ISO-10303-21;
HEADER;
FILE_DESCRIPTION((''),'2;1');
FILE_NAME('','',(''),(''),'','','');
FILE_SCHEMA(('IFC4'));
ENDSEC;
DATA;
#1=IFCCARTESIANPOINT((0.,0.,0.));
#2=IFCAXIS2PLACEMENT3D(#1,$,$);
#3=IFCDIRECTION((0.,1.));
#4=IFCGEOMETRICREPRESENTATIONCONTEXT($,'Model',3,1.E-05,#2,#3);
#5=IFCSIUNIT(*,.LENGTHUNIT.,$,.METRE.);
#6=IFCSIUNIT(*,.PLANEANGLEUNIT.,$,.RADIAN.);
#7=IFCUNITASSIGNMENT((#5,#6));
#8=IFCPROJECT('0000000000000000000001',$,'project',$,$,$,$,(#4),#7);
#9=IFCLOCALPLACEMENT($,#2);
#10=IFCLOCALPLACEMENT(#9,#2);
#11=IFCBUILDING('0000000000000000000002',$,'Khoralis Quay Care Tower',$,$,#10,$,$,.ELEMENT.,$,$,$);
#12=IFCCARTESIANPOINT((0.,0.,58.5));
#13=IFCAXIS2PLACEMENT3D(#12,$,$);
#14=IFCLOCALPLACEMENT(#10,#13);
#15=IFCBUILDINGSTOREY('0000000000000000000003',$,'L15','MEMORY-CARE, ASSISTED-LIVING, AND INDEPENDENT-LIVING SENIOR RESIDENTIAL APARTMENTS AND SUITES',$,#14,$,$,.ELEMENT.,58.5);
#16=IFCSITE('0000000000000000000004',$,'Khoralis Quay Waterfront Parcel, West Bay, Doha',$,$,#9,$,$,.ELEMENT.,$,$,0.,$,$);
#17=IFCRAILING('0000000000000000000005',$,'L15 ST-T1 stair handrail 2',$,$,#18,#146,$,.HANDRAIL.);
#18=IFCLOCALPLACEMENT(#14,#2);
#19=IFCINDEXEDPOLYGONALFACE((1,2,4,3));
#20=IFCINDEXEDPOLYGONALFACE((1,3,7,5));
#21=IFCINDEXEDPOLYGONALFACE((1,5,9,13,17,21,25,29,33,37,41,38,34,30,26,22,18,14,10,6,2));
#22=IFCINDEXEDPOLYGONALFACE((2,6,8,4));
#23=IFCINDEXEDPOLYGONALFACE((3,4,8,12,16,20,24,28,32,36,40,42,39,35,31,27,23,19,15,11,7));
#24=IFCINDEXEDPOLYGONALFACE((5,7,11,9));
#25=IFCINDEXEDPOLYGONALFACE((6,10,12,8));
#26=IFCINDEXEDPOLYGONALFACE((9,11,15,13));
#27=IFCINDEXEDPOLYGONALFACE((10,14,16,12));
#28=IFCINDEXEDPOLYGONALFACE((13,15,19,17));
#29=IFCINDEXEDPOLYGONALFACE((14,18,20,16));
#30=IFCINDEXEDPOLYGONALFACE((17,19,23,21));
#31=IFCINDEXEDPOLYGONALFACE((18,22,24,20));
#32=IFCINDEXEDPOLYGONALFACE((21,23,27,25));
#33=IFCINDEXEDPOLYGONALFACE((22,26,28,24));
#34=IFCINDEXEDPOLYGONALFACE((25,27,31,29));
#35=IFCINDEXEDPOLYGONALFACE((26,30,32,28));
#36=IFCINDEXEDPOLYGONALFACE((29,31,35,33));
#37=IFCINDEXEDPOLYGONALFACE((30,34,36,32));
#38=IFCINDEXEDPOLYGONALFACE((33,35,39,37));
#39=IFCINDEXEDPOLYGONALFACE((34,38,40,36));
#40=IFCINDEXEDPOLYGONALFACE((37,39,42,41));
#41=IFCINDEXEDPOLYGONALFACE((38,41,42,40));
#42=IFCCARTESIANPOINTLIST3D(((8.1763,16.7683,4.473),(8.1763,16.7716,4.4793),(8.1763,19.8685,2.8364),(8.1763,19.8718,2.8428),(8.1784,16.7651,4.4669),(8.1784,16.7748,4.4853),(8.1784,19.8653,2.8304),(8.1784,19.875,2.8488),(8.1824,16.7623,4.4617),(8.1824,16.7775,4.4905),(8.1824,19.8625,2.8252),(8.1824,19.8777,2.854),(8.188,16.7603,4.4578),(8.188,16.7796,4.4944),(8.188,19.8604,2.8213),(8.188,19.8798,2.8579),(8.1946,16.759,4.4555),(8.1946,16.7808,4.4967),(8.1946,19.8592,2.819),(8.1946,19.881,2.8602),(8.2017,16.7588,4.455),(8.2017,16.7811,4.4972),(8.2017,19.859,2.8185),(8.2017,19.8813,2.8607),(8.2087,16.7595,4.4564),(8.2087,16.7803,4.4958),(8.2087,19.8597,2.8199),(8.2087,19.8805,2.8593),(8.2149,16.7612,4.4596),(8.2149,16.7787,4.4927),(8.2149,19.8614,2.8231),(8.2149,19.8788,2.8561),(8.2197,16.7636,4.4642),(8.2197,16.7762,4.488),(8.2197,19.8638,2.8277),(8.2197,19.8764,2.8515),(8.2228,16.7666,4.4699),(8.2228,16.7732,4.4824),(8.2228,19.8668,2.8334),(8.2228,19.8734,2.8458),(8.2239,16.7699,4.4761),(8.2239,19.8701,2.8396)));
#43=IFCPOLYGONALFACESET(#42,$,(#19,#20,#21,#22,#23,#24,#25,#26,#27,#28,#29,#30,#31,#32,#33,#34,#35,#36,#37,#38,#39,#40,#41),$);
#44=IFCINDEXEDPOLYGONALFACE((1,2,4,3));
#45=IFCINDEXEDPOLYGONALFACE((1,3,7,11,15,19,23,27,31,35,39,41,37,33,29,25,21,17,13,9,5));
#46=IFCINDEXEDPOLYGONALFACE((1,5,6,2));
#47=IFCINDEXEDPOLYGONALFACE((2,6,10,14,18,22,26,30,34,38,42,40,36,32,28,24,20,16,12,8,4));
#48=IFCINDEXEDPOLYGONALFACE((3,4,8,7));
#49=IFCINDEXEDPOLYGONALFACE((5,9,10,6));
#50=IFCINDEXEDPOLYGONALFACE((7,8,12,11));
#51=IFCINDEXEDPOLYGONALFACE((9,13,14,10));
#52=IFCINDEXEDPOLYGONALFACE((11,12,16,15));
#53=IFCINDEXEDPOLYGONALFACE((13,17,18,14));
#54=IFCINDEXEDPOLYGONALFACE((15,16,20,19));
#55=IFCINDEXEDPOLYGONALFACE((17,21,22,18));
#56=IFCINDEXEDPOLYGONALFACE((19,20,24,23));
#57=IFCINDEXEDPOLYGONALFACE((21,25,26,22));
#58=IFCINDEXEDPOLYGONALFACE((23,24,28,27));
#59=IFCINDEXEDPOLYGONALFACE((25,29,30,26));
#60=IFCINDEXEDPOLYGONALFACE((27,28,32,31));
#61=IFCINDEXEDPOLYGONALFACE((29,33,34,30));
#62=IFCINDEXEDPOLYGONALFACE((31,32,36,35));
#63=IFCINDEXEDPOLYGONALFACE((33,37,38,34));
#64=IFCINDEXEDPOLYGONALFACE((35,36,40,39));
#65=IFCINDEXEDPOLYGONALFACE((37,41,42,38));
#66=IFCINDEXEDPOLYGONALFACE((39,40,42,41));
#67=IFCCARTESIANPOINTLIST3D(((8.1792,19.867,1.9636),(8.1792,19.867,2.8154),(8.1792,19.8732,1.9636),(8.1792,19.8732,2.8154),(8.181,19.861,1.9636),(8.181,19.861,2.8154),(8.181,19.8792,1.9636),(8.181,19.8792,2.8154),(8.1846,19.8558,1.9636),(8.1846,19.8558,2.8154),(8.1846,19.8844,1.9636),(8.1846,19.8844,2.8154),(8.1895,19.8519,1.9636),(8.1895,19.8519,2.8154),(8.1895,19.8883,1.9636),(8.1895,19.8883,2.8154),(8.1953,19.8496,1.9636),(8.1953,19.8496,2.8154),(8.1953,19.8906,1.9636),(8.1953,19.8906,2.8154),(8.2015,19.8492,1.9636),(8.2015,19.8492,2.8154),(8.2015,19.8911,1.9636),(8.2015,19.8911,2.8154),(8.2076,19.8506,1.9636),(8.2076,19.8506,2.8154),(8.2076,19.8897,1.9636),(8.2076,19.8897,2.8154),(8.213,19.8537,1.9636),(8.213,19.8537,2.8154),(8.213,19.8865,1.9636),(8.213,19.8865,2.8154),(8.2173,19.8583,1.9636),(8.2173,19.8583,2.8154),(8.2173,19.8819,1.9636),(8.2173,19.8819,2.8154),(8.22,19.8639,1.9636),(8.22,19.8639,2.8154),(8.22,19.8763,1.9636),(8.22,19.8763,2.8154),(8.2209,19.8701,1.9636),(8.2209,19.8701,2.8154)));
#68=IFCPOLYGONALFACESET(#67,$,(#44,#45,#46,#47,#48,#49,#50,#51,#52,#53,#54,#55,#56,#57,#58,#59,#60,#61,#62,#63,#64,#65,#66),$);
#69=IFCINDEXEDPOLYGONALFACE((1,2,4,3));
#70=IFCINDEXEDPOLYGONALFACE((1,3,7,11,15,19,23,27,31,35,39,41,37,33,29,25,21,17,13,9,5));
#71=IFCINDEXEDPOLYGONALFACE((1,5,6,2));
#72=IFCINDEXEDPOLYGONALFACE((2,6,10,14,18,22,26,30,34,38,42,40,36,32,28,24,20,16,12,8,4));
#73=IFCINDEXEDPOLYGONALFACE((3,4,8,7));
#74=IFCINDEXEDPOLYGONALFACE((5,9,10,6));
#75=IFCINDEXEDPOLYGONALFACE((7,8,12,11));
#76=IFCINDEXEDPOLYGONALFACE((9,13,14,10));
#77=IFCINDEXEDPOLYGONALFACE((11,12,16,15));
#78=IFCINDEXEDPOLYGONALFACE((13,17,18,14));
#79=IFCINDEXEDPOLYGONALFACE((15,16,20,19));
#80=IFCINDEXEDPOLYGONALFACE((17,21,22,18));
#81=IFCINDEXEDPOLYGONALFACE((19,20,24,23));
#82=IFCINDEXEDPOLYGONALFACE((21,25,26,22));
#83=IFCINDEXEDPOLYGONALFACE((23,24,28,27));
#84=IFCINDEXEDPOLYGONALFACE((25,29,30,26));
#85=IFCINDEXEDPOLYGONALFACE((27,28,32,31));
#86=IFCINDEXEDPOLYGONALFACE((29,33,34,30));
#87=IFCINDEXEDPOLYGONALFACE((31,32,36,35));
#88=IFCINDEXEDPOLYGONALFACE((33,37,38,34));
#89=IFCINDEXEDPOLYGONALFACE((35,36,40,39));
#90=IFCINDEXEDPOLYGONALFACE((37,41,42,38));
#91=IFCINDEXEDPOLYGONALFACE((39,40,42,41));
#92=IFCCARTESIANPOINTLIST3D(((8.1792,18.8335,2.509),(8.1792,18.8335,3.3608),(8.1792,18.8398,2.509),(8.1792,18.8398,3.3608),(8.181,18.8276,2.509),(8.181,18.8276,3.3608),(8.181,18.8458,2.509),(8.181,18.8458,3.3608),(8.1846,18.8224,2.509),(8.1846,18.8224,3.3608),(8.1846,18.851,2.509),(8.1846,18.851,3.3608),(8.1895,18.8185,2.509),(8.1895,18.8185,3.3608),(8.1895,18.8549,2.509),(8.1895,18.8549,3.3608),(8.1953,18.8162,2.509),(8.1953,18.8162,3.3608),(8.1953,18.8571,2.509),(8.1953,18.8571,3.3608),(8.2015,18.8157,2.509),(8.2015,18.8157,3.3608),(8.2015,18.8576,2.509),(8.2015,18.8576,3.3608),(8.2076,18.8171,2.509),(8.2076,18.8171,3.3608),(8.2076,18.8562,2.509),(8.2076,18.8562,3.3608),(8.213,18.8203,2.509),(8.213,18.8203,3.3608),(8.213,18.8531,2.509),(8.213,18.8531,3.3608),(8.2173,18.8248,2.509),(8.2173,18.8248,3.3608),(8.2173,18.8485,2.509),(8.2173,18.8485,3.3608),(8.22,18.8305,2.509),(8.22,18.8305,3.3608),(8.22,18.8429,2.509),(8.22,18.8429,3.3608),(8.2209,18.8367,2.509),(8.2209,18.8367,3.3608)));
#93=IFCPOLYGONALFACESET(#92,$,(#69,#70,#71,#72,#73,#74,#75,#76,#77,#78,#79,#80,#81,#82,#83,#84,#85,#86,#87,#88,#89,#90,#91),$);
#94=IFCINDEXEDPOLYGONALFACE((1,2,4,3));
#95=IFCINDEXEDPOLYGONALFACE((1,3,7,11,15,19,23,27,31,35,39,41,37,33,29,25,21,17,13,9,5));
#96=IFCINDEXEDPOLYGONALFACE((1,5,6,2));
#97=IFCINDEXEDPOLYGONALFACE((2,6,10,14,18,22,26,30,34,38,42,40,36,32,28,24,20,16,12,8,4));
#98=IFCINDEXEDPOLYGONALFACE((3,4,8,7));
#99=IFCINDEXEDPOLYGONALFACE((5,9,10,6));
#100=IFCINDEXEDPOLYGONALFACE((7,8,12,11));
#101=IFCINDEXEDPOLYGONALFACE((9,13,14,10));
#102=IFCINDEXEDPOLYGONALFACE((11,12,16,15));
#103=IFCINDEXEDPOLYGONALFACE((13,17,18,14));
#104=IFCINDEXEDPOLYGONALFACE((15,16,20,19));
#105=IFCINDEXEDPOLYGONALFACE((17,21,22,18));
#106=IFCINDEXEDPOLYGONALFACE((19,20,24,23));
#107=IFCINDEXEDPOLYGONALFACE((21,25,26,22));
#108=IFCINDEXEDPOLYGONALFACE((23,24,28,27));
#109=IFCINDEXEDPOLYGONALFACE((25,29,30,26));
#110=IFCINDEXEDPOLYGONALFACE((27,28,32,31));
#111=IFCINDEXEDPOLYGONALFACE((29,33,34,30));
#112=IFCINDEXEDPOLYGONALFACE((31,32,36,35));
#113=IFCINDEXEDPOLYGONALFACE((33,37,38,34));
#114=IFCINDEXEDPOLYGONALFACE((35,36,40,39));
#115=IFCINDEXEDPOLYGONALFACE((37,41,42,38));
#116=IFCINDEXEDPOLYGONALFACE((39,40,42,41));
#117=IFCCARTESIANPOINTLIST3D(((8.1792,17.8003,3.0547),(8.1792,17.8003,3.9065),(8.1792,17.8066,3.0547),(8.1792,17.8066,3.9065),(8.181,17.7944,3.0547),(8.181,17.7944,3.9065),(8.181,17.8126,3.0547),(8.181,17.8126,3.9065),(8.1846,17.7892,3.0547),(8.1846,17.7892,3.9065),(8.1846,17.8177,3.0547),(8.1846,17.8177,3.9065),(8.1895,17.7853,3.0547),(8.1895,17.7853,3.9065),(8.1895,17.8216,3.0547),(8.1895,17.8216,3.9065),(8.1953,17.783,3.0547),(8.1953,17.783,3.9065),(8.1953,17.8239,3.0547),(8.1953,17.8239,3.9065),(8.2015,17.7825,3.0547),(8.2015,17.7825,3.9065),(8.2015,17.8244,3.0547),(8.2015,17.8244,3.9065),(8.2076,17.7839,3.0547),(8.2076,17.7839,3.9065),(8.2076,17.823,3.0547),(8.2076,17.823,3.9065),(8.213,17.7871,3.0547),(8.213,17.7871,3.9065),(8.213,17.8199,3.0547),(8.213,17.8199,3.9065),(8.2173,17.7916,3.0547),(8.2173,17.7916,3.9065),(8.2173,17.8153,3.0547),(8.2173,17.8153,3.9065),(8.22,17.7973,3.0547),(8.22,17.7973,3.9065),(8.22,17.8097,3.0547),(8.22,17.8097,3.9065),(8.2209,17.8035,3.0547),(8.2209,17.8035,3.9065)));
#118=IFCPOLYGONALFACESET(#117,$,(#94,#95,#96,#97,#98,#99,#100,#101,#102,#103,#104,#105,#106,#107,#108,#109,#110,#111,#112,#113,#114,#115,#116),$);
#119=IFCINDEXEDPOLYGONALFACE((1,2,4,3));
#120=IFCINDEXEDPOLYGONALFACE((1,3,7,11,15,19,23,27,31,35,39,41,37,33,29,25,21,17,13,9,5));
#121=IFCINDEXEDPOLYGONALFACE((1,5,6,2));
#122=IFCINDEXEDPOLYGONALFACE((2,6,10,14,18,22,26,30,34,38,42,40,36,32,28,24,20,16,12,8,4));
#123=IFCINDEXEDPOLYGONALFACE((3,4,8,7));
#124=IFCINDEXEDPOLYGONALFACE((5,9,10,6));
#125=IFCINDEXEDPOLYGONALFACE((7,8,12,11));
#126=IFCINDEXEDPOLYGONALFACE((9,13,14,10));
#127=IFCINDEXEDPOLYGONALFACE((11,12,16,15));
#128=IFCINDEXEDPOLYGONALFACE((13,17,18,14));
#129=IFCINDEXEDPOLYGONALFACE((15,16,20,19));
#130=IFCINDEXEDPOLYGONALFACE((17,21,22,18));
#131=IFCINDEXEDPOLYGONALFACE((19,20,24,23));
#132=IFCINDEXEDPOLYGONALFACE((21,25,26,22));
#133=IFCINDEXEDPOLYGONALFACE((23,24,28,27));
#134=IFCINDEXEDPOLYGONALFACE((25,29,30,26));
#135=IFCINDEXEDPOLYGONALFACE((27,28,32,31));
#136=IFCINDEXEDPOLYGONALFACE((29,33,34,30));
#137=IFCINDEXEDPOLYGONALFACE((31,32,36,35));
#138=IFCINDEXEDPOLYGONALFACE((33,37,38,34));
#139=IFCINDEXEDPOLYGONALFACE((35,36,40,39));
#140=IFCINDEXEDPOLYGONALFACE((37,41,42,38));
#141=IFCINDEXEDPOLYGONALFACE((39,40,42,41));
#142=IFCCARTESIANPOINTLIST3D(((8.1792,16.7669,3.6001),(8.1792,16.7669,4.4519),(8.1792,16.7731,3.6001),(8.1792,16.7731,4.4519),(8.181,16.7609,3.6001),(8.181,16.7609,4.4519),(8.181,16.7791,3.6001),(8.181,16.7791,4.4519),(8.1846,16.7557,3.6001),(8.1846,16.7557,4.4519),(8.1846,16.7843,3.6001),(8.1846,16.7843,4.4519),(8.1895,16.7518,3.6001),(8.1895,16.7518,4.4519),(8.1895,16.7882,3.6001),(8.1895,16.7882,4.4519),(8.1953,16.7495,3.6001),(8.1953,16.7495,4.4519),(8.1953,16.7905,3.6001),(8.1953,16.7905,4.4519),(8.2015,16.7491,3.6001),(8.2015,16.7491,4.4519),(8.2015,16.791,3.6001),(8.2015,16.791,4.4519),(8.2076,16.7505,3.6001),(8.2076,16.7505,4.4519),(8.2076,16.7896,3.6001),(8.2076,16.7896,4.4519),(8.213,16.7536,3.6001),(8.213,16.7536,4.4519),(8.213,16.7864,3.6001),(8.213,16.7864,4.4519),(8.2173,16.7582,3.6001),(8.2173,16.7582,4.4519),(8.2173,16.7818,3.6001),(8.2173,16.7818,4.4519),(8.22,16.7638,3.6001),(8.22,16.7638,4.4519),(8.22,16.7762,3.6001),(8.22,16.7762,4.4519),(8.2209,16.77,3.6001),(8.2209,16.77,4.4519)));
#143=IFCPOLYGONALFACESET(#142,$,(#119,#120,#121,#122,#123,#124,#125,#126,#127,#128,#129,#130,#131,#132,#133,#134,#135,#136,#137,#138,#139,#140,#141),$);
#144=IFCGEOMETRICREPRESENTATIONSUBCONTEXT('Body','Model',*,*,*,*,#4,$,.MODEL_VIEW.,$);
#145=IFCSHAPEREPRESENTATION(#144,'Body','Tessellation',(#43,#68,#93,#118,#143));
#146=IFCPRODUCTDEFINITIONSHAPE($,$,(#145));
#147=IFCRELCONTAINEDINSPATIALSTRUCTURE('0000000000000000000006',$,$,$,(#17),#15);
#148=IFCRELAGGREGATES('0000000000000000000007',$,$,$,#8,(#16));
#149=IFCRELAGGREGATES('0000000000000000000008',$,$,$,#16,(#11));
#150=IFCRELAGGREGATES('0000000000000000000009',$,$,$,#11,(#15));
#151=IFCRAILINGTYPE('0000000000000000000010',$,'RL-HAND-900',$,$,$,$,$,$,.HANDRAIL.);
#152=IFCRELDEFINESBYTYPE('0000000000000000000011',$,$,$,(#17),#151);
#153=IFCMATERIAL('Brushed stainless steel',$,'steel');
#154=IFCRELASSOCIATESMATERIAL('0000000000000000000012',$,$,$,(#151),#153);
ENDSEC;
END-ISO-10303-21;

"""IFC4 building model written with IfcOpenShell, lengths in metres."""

from ifc_helpers import new_model, si_unit, direction, frame, origin, origin_2d, place, context, subcontext, project, spatial, circle, extrude, material, type_object, element, save


model = new_model("IFC4")

# Units and contexts
model_context = context("Model", 3, precision=1e-05, world=origin(), true_north=direction((0.0, 1.0)))
body_context = subcontext(model_context, "Body", "Model", "MODEL_VIEW")
ifc_project = project(units=[si_unit("LENGTHUNIT", "METRE"), si_unit("PLANEANGLEUNIT", "RADIAN")], contexts=[model_context])

# Site, building, storey
site_placement = place(None, origin())
site = spatial("IfcSite", under=ifc_project, at=site_placement, Name="Khoralis Quay Waterfront Parcel, West Bay, Doha", CompositionType="ELEMENT", RefElevation=0.0)
building_placement = place(site_placement, origin())
building = spatial("IfcBuilding", under=site, at=building_placement, Name="Khoralis Quay Care Tower", CompositionType="ELEMENT")
storey_placement = place(building_placement, frame((0.0, 0.0, 58.5)))
storey = spatial("IfcBuildingStorey", under=building, at=storey_placement, Name="L15", Description="MEMORY-CARE, ASSISTED-LIVING, AND INDEPENDENT-LIVING SENIOR RESIDENTIAL APARTMENTS AND SUITES", CompositionType="ELEMENT", Elevation=58.5)

# Shared definitions
ifc_material_1 = material(Name="Brushed stainless steel", Category="steel")

# Railing
railing_type_1 = type_object("IfcRailingType", Name="RL-HAND-900", PredefinedType="HANDRAIL", material=ifc_material_1)
railing_1_placement = place(storey_placement, frame((8.2, 19.8701, 1.9636)))
element("IfcRailing", 1, at=railing_1_placement, inside=storey, type_object=railing_type_1, Name="L15 ST-T1 stair handrail 2", PredefinedType="HANDRAIL", context=body_context, shape_type="SweptSolid", body=[
    extrude(circle(Radius=0.0239, at=origin_2d()), frame((0.0, 0.0, 0.876), z_axis=(0.0, -0.884348, 0.466828), x_axis=(1.0, 0.0, 0.0)), (0.0, 0.0, 1.0), 3.5056),
    extrude(circle(Radius=0.021, at=origin_2d()), origin(), (0.0, 0.0, 1.0), 0.8518),
    extrude(circle(Radius=0.021, at=origin_2d()), frame((0.0, -1.0334, 0.5454)), (0.0, 0.0, 1.0), 0.8518),
    extrude(circle(Radius=0.021, at=origin_2d()), frame((0.0, -2.0667, 1.0911)), (0.0, 0.0, 1.0), 0.8518),
    extrude(circle(Radius=0.021, at=origin_2d()), frame((0.0, -3.1001, 1.6365)), (0.0, 0.0, 1.0), 0.8518),
])

save(model, "model.ifc")
